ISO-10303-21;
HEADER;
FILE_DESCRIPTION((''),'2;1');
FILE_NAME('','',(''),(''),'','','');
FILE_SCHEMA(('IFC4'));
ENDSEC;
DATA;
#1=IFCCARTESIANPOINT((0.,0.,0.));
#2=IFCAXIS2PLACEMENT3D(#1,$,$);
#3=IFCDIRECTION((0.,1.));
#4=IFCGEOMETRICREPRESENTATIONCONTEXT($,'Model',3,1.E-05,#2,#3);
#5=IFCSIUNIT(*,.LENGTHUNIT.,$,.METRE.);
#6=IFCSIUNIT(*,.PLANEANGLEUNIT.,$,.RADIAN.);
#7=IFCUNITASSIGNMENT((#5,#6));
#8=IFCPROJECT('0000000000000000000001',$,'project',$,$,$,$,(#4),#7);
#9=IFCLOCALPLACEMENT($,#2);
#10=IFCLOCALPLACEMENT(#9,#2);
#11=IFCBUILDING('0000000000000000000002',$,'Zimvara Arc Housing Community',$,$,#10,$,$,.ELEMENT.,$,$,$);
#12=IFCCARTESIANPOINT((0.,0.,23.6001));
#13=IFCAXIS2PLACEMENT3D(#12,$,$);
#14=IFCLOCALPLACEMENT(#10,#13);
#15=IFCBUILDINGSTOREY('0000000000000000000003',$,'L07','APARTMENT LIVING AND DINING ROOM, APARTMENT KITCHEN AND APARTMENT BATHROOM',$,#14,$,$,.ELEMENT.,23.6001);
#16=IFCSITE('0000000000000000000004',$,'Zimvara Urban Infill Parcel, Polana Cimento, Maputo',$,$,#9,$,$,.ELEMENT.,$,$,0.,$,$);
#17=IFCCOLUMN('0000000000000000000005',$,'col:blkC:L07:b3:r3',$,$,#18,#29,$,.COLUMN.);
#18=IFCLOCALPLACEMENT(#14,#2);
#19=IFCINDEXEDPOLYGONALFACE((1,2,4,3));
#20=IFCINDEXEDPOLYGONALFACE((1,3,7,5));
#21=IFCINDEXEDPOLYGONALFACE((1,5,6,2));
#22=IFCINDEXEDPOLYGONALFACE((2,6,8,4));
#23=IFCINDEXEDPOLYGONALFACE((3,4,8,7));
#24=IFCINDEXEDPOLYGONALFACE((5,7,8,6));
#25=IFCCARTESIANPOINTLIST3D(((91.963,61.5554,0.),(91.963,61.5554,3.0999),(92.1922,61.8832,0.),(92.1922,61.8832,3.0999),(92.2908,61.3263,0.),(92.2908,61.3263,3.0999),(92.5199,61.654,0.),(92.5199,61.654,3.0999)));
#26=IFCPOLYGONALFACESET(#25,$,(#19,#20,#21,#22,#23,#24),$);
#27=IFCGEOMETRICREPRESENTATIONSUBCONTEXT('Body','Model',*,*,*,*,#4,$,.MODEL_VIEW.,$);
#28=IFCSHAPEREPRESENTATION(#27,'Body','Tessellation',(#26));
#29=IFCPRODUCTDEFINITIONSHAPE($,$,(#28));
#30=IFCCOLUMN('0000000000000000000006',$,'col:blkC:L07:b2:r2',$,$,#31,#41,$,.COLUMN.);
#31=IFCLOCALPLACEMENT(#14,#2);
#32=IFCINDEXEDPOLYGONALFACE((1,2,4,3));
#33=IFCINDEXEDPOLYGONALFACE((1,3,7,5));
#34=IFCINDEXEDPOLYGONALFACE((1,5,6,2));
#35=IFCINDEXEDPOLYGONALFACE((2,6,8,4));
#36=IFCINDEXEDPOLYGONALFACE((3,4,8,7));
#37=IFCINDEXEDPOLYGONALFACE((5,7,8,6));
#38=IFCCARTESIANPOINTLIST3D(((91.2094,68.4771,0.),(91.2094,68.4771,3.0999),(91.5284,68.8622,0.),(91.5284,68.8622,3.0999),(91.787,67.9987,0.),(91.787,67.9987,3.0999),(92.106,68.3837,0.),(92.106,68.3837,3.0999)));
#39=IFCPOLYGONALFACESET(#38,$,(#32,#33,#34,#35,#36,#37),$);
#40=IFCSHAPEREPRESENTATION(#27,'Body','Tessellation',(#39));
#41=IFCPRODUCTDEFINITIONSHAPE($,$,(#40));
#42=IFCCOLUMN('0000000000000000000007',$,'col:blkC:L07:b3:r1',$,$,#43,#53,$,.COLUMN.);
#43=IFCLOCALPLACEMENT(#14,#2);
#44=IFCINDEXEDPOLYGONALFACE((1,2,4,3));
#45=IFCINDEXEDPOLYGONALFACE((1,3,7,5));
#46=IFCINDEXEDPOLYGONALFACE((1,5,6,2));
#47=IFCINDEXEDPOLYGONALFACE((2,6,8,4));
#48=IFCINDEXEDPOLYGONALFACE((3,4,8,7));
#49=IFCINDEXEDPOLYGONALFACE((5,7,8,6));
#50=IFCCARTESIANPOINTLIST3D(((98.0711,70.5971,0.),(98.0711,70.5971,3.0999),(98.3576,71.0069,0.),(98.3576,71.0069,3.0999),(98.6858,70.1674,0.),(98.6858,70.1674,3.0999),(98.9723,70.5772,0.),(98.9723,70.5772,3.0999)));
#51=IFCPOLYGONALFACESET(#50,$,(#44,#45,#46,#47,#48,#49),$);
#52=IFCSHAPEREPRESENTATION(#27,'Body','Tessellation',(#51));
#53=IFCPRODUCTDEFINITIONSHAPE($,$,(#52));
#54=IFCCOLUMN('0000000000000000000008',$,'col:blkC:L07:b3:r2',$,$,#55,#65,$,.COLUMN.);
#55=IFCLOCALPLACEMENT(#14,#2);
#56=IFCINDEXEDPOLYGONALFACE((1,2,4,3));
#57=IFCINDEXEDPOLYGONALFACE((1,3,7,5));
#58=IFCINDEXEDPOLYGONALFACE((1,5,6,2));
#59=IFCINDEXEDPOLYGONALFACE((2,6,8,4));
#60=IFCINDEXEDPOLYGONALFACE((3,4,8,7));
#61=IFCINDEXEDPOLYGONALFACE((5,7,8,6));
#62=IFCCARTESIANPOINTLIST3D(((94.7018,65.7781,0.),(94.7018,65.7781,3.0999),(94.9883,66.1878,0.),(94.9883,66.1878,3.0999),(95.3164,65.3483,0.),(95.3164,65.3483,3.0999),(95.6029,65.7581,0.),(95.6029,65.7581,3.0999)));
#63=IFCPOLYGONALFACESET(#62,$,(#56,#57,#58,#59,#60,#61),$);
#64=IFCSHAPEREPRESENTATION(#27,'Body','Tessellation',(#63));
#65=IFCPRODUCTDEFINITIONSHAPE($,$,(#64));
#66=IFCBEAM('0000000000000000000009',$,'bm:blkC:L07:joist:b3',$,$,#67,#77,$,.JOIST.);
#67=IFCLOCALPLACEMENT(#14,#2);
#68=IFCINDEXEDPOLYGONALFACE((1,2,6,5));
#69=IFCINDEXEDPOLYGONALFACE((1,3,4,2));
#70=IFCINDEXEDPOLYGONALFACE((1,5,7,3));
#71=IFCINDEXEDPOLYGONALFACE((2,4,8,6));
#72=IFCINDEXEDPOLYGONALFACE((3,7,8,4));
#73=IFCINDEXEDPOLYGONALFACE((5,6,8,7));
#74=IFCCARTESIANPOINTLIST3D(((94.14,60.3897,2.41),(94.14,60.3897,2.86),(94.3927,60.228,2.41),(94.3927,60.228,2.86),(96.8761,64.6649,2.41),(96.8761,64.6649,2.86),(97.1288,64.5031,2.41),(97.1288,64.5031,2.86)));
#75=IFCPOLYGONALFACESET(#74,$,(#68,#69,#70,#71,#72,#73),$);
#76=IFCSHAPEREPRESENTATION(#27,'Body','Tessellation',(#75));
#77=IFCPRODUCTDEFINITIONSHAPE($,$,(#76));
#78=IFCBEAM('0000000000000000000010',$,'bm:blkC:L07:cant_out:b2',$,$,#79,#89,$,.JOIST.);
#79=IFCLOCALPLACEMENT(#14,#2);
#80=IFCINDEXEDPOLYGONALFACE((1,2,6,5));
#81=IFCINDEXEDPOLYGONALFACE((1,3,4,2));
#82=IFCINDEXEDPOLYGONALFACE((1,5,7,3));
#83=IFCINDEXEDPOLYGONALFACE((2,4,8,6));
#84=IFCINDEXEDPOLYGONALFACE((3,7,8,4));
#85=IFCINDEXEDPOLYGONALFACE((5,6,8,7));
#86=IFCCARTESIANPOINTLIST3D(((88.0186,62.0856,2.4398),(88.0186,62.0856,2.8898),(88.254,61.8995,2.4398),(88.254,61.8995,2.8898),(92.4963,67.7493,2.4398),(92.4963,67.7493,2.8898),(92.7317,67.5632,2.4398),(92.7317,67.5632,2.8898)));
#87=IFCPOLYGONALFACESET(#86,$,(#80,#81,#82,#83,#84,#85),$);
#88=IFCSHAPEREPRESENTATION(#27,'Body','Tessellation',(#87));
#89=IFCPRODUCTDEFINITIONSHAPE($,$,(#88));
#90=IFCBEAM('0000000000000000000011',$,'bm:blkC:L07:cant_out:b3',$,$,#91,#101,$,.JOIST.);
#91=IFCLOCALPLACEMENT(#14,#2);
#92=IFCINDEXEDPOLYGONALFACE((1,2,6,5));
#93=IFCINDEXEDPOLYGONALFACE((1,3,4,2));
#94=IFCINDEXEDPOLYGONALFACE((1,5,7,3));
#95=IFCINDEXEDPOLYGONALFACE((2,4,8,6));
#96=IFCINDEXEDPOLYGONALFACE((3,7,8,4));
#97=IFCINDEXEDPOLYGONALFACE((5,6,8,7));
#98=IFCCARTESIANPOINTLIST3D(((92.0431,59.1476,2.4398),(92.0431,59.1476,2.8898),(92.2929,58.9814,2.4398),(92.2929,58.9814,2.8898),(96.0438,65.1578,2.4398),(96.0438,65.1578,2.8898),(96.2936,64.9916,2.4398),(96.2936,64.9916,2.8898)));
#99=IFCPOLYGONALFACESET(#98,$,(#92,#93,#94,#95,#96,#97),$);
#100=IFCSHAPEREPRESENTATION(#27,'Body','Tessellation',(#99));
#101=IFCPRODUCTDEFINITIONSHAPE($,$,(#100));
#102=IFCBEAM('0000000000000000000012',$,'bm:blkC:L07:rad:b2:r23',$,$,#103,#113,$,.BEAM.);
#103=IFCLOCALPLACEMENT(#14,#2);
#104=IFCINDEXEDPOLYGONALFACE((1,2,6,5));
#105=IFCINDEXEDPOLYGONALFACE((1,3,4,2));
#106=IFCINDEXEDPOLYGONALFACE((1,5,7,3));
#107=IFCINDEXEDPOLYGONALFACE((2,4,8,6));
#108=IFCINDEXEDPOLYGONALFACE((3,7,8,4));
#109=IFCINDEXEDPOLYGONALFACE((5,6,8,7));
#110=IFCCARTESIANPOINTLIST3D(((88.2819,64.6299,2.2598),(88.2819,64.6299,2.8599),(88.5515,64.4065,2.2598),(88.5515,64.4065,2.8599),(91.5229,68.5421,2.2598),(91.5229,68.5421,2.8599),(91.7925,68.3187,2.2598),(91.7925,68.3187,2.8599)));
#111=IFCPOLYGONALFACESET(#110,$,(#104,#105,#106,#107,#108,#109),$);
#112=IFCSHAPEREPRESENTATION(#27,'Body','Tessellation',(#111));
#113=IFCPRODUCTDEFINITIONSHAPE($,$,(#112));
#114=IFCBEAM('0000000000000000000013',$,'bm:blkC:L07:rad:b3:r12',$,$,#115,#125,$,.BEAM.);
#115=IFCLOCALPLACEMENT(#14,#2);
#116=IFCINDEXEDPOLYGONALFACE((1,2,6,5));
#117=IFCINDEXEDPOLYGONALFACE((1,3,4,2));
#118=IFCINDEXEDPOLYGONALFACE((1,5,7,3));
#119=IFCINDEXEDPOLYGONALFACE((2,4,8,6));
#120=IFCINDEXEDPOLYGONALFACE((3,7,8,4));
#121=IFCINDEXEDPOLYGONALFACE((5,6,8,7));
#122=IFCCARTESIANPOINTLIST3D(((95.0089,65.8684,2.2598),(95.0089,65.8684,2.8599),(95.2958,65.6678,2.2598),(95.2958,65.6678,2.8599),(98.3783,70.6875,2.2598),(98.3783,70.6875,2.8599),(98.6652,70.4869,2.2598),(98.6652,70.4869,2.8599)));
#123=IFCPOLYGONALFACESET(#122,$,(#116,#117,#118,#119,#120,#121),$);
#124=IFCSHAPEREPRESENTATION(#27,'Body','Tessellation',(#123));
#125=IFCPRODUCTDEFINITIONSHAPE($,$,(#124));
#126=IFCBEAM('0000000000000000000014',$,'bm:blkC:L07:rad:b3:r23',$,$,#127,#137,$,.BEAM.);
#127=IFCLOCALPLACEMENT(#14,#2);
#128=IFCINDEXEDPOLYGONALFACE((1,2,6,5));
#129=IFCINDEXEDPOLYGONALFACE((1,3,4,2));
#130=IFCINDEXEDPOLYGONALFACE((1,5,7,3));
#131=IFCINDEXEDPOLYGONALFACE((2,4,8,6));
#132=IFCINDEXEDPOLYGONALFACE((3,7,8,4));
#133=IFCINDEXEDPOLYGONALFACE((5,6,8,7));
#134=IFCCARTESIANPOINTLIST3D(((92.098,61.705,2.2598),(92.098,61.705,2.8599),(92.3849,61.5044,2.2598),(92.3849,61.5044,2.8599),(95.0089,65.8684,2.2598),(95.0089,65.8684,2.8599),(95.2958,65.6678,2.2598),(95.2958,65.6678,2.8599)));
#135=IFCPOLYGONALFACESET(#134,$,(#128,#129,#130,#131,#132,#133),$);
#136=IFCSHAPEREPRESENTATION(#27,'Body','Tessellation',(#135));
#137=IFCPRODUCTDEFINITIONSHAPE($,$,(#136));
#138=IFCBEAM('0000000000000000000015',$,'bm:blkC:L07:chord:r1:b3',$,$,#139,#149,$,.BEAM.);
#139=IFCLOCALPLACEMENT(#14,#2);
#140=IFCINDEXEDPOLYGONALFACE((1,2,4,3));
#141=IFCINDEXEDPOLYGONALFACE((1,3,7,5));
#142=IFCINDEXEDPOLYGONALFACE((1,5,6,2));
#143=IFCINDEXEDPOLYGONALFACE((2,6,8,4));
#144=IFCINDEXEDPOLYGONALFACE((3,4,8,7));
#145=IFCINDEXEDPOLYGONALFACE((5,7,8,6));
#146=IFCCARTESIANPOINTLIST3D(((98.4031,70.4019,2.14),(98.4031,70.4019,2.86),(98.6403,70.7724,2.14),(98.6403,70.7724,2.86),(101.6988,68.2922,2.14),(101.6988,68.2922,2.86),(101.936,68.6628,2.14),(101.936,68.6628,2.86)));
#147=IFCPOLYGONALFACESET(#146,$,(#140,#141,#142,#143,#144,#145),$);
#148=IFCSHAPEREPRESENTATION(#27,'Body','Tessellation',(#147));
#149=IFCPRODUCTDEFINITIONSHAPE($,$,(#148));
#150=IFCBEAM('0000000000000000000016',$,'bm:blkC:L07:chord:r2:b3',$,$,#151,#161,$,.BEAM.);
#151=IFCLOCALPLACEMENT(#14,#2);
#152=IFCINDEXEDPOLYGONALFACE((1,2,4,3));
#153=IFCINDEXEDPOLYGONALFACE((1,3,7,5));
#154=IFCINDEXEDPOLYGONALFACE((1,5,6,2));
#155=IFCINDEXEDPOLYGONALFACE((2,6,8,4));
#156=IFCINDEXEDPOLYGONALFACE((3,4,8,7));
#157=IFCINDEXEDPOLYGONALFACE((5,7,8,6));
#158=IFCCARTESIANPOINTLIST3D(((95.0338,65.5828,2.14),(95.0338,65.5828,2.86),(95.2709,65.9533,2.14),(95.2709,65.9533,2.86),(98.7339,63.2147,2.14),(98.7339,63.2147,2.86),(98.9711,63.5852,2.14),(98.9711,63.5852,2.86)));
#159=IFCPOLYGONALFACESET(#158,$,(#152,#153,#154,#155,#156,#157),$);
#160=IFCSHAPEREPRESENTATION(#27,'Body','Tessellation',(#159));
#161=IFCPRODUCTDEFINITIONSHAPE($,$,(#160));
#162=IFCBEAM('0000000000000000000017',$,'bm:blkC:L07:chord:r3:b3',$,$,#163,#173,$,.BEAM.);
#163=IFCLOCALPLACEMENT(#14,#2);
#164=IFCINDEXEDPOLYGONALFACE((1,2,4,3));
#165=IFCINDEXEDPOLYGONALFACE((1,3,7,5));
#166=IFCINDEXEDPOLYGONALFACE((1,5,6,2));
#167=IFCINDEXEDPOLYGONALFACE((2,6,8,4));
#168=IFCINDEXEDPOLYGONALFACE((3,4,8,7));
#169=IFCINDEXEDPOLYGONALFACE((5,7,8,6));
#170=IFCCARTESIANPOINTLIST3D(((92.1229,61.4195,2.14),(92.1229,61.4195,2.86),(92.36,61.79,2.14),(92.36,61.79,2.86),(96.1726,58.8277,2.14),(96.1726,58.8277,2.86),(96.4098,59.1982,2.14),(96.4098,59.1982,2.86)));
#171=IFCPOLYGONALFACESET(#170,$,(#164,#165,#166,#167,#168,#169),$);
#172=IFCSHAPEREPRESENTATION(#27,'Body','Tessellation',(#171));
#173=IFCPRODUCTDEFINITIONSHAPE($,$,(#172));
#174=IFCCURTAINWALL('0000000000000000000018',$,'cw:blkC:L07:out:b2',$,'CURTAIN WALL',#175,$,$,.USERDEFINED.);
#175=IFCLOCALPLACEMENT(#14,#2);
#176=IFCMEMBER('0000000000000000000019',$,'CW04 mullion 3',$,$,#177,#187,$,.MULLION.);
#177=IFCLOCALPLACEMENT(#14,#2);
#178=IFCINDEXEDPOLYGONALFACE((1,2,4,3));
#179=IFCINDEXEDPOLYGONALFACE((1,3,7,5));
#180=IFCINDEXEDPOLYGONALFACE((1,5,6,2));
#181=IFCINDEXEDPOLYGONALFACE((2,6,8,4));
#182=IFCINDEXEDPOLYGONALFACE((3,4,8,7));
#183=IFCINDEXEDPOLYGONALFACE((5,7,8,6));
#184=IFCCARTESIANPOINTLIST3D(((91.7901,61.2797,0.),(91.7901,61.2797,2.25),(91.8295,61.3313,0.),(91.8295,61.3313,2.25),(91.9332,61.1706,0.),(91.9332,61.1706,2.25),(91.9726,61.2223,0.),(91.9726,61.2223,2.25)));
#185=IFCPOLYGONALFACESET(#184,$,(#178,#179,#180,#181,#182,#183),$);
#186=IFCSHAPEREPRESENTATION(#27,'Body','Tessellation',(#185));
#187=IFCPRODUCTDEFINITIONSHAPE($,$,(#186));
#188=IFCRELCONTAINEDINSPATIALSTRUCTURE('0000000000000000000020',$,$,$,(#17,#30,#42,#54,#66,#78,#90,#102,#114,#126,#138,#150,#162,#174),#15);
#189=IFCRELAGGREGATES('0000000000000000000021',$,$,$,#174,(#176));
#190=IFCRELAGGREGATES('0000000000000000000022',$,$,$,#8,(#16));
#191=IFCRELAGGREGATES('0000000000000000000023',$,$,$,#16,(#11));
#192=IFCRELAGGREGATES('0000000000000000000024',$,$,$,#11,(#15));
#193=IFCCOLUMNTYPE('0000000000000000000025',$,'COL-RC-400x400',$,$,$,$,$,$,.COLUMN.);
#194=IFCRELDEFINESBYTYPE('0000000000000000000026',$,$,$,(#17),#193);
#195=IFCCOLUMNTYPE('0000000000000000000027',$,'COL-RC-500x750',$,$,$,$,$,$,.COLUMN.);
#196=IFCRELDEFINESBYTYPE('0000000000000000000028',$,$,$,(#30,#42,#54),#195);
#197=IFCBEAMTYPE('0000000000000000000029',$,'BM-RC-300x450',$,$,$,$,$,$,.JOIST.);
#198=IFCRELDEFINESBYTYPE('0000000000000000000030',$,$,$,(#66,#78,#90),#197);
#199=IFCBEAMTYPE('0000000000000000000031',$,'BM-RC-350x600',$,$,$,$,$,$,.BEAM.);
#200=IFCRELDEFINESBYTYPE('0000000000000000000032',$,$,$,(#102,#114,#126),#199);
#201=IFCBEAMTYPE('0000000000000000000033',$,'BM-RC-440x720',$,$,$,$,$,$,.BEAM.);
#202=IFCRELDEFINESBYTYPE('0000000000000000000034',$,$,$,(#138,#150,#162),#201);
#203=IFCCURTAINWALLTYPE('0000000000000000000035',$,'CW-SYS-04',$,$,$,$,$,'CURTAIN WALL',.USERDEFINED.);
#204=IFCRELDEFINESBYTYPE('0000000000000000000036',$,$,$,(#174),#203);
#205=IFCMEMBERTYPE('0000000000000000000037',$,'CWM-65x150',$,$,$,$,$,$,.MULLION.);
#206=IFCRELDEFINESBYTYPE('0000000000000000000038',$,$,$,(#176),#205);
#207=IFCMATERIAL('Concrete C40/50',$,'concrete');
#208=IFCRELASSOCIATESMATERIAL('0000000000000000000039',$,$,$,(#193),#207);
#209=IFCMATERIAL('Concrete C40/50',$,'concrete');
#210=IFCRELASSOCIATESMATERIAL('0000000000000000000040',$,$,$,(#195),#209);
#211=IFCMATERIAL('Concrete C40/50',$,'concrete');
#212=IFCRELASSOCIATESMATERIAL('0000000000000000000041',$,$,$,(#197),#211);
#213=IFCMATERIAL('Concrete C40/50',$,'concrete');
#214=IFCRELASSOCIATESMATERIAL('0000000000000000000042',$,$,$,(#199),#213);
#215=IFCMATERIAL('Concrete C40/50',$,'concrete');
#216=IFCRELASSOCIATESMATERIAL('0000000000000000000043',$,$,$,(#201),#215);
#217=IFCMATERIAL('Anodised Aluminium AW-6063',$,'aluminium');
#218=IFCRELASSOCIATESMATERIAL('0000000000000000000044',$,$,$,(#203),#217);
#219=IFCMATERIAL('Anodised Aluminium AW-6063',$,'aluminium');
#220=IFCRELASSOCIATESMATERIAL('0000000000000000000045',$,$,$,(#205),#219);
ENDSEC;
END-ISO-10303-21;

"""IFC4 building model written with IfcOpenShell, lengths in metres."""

from ifc_helpers import new_model, si_unit, direction, frame, origin, origin_2d, place, context, subcontext, project, spatial, rectangle, extrude, material, material_profile, profile_set, type_object, element, aggregate, save


model = new_model("IFC4")

# Units and contexts
model_context = context("Model", 3, precision=1e-05, world=origin(), true_north=direction((0.0, 1.0)))
body_context = subcontext(model_context, "Body", "Model", "MODEL_VIEW")
ifc_project = project(units=[si_unit("LENGTHUNIT", "METRE"), si_unit("PLANEANGLEUNIT", "RADIAN")], contexts=[model_context])

# Site, building, storey
site_placement = place(None, origin())
site = spatial("IfcSite", under=ifc_project, at=site_placement, Name="Zimvara Urban Infill Parcel, Polana Cimento, Maputo", CompositionType="ELEMENT", RefElevation=0.0)
building_placement = place(site_placement, origin())
building = spatial("IfcBuilding", under=site, at=building_placement, Name="Zimvara Arc Housing Community", CompositionType="ELEMENT")
storey_placement = place(building_placement, frame((0.0, 0.0, 23.6001)))
storey = spatial("IfcBuildingStorey", under=building, at=storey_placement, Name="L07", Description="APARTMENT LIVING AND DINING ROOM, APARTMENT KITCHEN AND APARTMENT BATHROOM", CompositionType="ELEMENT", Elevation=23.6001)

# Columns
ifc_material_1 = material(Name="Concrete C40/50", Category="concrete")
ifc_material_profile_1 = material_profile(ifc_material_1, rectangle(XDim=0.3999, YDim=0.3999, at=origin_2d()), Name="RC 400x400")
ifc_profile_set_1 = profile_set([ifc_material_profile_1], Name="Concrete C40/50")
column_type_1 = type_object("IfcColumnType", Name="COL-RC-400x400", PredefinedType="COLUMN", material=ifc_profile_set_1)
column_placement = place(storey_placement, frame((92.2415, 61.6047, 0.0), z_axis=(0.0, 0.0, 1.0), x_axis=(-0.573004, -0.819552, 0.0)))
element("IfcColumn", 1, at=column_placement, inside=storey, type_object=column_type_1, Name="col:blkC:L07:b3:r3", PredefinedType="COLUMN", context=body_context, shape_type="SweptSolid", body=[
    extrude(rectangle(XDim=0.3999, YDim=0.3999, at=origin_2d()), origin(), (0.0, 0.0, 1.0), 3.0999),
])
ifc_material_2 = material(Name="Concrete C40/50", Category="concrete")
ifc_material_profile_2 = material_profile(ifc_material_2, rectangle(XDim=0.5, YDim=0.75, at=origin_2d()), Name="RC 500x750")
ifc_profile_set_2 = profile_set([ifc_material_profile_2], Name="Concrete C40/50")
column_type_2 = type_object("IfcColumnType", Name="COL-RC-500x750", PredefinedType="COLUMN", material=ifc_profile_set_2)
for number, where, z_axis, x_axis, name in (
    (2, (91.6577, 68.4304, 0.0), (0.0, 0.0, 1.0), (-0.637962, -0.770068, 0.0), "col:blkC:L07:b2:r2"),
    (3, (98.5217, 70.5872, 0.0), (0.0, 0.0, 1.0), (-0.573004, -0.819552, 0.0), "col:blkC:L07:b3:r1"),
    (4, (95.1523, 65.7681, 0.0), (0.0, 0.0, 1.0), (-0.573004, -0.819552, 0.0), "col:blkC:L07:b3:r2"),
):
    element("IfcColumn", number, at=place(storey_placement, frame(where, z_axis=z_axis, x_axis=x_axis)), inside=storey, type_object=column_type_2, Name=name, PredefinedType="COLUMN", context=body_context, shape_type="SweptSolid", body=[
        extrude(rectangle(XDim=0.5, YDim=0.75, at=origin_2d()), origin(), (0.0, 0.0, 1.0), 3.0999),
    ])

# Beams
ifc_material_3 = material(Name="Concrete C40/50", Category="concrete")
ifc_material_profile_3 = material_profile(ifc_material_3, rectangle(XDim=0.3, YDim=0.45, at=origin_2d()), Name="RC 300x450")
ifc_profile_set_3 = profile_set([ifc_material_profile_3], Name="Concrete C40/50")
beam_type_1 = type_object("IfcBeamType", Name="BM-RC-300x450", PredefinedType="JOIST", material=ifc_profile_set_3)
beam_1_placement = place(storey_placement, frame((97.0024, 64.584, 2.635), z_axis=(-0.539052, -0.842272, 0.0), x_axis=(0.842272, -0.539052, 0.0)))
element("IfcBeam", 5, at=beam_1_placement, inside=storey, type_object=beam_type_1, Name="bm:blkC:L07:joist:b3", PredefinedType="JOIST", context=body_context, shape_type="SweptSolid", body=[
    extrude(rectangle(XDim=0.3, YDim=0.45, at=origin_2d()), origin(), (0.0, 0.0, 1.0), 5.0757),
])
for number, where, z_axis, x_axis, name in (
    (6, (92.614, 67.6562, 2.6648), (-0.620186, -0.784455, 0.0), (0.784455, -0.620186, 0.0), "bm:blkC:L07:cant_out:b2"),
    (7, (96.1687, 65.0747, 2.6648), (-0.554115, -0.83244, 0.0), (0.83244, -0.554115, 0.0), "bm:blkC:L07:cant_out:b3"),
):
    element("IfcBeam", number, at=place(storey_placement, frame(where, z_axis=z_axis, x_axis=x_axis)), inside=storey, type_object=beam_type_1, Name=name, PredefinedType="JOIST", context=body_context, shape_type="SweptSolid", body=[
        extrude(rectangle(XDim=0.3, YDim=0.45, at=origin_2d()), origin(), (0.0, 0.0, 1.0), 7.22),
    ])
ifc_material_4 = material(Name="Concrete C40/50", Category="concrete")
ifc_material_profile_4 = material_profile(ifc_material_4, rectangle(XDim=0.3501, YDim=0.6001, at=origin_2d()), Name="RC 350x600")
ifc_profile_set_4 = profile_set([ifc_material_profile_4], Name="Concrete C40/50")
beam_type_2 = type_object("IfcBeamType", Name="BM-RC-350x600", PredefinedType="BEAM", material=ifc_profile_set_4)
beam_2_placement = place(storey_placement, frame((91.6577, 68.4304, 2.5598), z_axis=(-0.63796, -0.770069, 0.0), x_axis=(0.770069, -0.63796, 0.0)))
element("IfcBeam", 8, at=beam_2_placement, inside=storey, type_object=beam_type_2, Name="bm:blkC:L07:rad:b2:r23", PredefinedType="BEAM", context=body_context, shape_type="SweptSolid", body=[
    extrude(rectangle(XDim=0.3501, YDim=0.6001, at=origin_2d()), origin(), (0.0, 0.0, 1.0), 5.0803),
])
beam_3_placement = place(storey_placement, frame((98.5217, 70.5872, 2.5598), z_axis=(-0.573008, -0.81955, 0.0), x_axis=(0.81955, -0.573008, 0.0)))
element("IfcBeam", 9, at=beam_3_placement, inside=storey, type_object=beam_type_2, Name="bm:blkC:L07:rad:b3:r12", PredefinedType="BEAM", context=body_context, shape_type="SweptSolid", body=[
    extrude(rectangle(XDim=0.3501, YDim=0.6001, at=origin_2d()), origin(), (0.0, 0.0, 1.0), 5.8801),
])
beam_4_placement = place(storey_placement, frame((95.1523, 65.7681, 2.5598), z_axis=(-0.573007, -0.81955, 0.0), x_axis=(0.81955, -0.573007, 0.0)))
element("IfcBeam", 10, at=beam_4_placement, inside=storey, type_object=beam_type_2, Name="bm:blkC:L07:rad:b3:r23", PredefinedType="BEAM", context=body_context, shape_type="SweptSolid", body=[
    extrude(rectangle(XDim=0.3501, YDim=0.6001, at=origin_2d()), origin(), (0.0, 0.0, 1.0), 5.0801),
])
ifc_material_5 = material(Name="Concrete C40/50", Category="concrete")
ifc_material_profile_5 = material_profile(ifc_material_5, rectangle(XDim=0.4399, YDim=0.72, at=origin_2d()), Name="RC 440x720")
ifc_profile_set_5 = profile_set([ifc_material_profile_5], Name="Concrete C40/50")
beam_type_3 = type_object("IfcBeamType", Name="BM-RC-440x720", PredefinedType="BEAM", material=ifc_profile_set_5)
beam_5_placement = place(storey_placement, frame((98.5217, 70.5872, 2.5), z_axis=(0.842225, -0.539126, 0.0), x_axis=(0.539126, 0.842225, 0.0)))
element("IfcBeam", 11, at=beam_5_placement, inside=storey, type_object=beam_type_3, Name="bm:blkC:L07:chord:r1:b3", PredefinedType="BEAM", context=body_context, shape_type="SweptSolid", body=[
    extrude(rectangle(XDim=0.4399, YDim=0.72, at=origin_2d()), origin(), (0.0, 0.0, 1.0), 3.9131),
])
beam_6_placement = place(storey_placement, frame((95.1523, 65.7681, 2.5), z_axis=(0.842267, -0.53906, 0.0), x_axis=(0.53906, 0.842267, 0.0)))
element("IfcBeam", 12, at=beam_6_placement, inside=storey, type_object=beam_type_3, Name="bm:blkC:L07:chord:r2:b3", PredefinedType="BEAM", context=body_context, shape_type="SweptSolid", body=[
    extrude(rectangle(XDim=0.4399, YDim=0.72, at=origin_2d()), origin(), (0.0, 0.0, 1.0), 4.3931),
])
beam_7_placement = place(storey_placement, frame((92.2415, 61.6047, 2.5), z_axis=(0.842279, -0.539042, 0.0), x_axis=(0.539042, 0.842279, 0.0)))
element("IfcBeam", 13, at=beam_7_placement, inside=storey, type_object=beam_type_3, Name="bm:blkC:L07:chord:r3:b3", PredefinedType="BEAM", context=body_context, shape_type="SweptSolid", body=[
    extrude(rectangle(XDim=0.4399, YDim=0.72, at=origin_2d()), origin(), (0.0, 0.0, 1.0), 4.8081),
])

# Curtain wall, member
ifc_material_6 = material(Name="Anodised Aluminium AW-6063", Category="aluminium")
curtain_wall_type_1 = type_object("IfcCurtainWallType", Name="CW-SYS-04", ElementType="CURTAIN WALL", PredefinedType="USERDEFINED", material=ifc_material_6)
curtain_wall_1_placement = place(storey_placement, origin())
curtain_wall_1 = element("IfcCurtainWall", 14, at=curtain_wall_1_placement, inside=storey, type_object=curtain_wall_type_1, Name="cw:blkC:L07:out:b2", ObjectType="CURTAIN WALL", PredefinedType="USERDEFINED")
ifc_material_7 = material(Name="Anodised Aluminium AW-6063", Category="aluminium")
ifc_material_profile_6 = material_profile(ifc_material_7, rectangle(XDim=0.0649, YDim=0.1799, at=origin_2d()), Name="ALU 65x180")
ifc_profile_set_6 = profile_set([ifc_material_profile_6], Name="Anodised Aluminium AW-6063")
member_type_1 = type_object("IfcMemberType", Name="CWM-65x150", PredefinedType="MULLION", material=ifc_profile_set_6)
member_1_placement = place(storey_placement, frame((91.8813, 61.251, 0.0), z_axis=(0.0, 0.0, 1.0), x_axis=(0.605988, 0.795474, 0.0)))
member_1 = element("IfcMember", 15, at=member_1_placement, type_object=member_type_1, Name="CW04 mullion 3", PredefinedType="MULLION", context=body_context, shape_type="SweptSolid", body=[
    extrude(rectangle(XDim=0.0649, YDim=0.1799, at=origin_2d()), origin(), (0.0, 0.0, 1.0), 2.25),
])
aggregate(curtain_wall_1, [member_1])

save(model, "model.ifc")
